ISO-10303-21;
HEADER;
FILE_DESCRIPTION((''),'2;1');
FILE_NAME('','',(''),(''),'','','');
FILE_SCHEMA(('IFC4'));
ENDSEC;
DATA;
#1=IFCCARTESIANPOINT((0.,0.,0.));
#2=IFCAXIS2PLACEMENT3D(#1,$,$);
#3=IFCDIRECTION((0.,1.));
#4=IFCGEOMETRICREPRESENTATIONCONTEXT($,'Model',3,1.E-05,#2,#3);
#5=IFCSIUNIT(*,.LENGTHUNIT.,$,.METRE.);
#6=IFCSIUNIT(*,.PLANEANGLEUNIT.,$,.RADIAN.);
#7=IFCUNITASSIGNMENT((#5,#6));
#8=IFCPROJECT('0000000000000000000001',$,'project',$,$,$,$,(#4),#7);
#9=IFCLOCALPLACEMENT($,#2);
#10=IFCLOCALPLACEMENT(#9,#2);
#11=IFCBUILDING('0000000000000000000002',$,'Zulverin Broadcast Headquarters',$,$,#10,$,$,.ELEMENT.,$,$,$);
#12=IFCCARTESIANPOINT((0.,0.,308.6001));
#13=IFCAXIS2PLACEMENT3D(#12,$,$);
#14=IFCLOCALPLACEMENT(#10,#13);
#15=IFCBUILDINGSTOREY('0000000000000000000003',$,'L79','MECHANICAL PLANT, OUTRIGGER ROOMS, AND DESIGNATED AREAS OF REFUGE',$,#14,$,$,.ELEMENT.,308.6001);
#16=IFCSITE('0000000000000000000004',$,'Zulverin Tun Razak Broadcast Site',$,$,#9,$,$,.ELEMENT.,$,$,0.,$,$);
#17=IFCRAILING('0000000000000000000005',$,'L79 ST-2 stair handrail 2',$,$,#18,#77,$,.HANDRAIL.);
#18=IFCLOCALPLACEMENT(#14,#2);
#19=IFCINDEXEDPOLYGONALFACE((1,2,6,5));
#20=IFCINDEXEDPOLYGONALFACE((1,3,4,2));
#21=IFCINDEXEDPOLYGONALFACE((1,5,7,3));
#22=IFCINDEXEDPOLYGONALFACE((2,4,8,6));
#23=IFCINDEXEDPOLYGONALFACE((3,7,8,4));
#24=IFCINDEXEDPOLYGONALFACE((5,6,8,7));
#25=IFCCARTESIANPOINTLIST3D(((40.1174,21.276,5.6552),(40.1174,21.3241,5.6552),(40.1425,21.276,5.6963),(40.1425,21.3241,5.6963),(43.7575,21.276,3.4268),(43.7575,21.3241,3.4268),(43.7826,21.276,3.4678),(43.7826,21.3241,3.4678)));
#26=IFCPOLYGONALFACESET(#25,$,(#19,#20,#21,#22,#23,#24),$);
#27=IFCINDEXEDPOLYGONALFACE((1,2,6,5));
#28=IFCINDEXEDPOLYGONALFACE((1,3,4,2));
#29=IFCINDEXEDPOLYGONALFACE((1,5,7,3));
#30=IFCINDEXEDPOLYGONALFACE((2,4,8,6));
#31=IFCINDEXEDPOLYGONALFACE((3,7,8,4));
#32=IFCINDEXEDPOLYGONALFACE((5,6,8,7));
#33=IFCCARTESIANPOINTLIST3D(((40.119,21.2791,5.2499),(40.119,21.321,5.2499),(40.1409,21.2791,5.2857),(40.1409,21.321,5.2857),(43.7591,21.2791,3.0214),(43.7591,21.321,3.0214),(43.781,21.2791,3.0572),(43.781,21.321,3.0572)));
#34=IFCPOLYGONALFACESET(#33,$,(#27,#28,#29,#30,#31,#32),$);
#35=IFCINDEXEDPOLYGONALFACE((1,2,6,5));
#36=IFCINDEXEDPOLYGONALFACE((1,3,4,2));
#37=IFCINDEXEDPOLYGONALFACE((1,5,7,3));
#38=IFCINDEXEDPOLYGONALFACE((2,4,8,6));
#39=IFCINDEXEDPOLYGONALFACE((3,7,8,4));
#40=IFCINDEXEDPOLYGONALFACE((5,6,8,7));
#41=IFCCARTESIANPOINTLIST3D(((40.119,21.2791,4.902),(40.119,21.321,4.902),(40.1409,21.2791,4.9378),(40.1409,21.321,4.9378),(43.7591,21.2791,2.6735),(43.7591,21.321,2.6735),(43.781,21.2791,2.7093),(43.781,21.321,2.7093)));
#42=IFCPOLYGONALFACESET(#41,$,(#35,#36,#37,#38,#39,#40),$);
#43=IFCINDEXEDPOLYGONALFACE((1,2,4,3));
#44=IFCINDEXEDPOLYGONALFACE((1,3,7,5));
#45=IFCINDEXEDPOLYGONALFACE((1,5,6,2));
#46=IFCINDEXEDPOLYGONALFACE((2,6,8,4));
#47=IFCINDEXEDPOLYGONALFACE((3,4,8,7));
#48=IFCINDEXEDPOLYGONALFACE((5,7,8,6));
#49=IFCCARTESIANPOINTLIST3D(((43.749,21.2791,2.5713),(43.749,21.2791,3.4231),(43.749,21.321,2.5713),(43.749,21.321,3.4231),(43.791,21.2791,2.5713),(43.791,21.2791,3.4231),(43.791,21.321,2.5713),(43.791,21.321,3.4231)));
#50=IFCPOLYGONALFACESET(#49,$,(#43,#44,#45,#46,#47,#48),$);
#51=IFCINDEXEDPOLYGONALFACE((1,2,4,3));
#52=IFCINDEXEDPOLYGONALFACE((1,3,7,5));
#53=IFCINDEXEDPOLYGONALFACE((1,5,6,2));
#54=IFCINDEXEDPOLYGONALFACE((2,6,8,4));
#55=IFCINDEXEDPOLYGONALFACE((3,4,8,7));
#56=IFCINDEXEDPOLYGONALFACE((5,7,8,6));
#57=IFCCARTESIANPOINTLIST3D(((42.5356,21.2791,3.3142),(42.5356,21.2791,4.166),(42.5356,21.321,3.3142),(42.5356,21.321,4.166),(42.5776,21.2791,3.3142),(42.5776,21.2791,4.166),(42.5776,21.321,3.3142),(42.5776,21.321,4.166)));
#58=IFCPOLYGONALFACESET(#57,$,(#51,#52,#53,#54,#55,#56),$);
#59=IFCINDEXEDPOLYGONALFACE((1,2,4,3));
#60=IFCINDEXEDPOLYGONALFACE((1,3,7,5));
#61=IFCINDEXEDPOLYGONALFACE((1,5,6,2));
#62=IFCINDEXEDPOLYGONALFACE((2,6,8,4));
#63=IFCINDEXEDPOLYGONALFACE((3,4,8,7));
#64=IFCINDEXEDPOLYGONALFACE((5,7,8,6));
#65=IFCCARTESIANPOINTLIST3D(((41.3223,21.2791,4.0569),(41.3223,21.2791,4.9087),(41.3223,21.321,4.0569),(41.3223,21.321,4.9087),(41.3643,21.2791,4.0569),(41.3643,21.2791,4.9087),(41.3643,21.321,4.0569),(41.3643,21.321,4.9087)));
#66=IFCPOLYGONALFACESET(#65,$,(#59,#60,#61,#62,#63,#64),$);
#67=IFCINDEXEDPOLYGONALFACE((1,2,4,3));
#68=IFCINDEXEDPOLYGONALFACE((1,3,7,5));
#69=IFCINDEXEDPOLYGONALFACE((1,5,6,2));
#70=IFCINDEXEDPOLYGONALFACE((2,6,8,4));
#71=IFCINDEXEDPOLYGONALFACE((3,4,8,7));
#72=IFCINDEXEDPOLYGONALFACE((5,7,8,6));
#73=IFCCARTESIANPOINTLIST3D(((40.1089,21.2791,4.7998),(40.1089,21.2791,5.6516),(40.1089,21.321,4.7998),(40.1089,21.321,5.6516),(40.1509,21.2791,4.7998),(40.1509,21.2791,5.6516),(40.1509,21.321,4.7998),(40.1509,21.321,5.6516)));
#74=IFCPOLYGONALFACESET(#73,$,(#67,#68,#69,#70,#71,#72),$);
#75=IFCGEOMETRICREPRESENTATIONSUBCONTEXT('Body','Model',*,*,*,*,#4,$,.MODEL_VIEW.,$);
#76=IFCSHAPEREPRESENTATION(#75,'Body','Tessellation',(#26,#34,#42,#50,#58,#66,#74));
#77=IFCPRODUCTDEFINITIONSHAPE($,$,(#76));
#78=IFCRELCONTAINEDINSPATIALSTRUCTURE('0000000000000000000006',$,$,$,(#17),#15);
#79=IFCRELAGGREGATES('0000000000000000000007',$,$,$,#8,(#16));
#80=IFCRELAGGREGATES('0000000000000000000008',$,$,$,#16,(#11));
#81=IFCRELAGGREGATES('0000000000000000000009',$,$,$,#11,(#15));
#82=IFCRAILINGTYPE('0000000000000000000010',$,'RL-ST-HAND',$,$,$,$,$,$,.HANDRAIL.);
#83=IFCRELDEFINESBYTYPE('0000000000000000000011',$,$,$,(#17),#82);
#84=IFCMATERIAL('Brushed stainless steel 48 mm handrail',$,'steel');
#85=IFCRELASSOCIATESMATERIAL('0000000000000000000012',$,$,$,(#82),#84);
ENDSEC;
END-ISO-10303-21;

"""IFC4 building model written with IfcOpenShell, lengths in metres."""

from ifc_helpers import new_model, si_unit, direction, frame, origin, origin_2d, place, context, subcontext, project, spatial, rectangle, extrude, material, type_object, element, save


model = new_model("IFC4")

# Units and contexts
model_context = context("Model", 3, precision=1e-05, world=origin(), true_north=direction((0.0, 1.0)))
body_context = subcontext(model_context, "Body", "Model", "MODEL_VIEW")
ifc_project = project(units=[si_unit("LENGTHUNIT", "METRE"), si_unit("PLANEANGLEUNIT", "RADIAN")], contexts=[model_context])

# Site, building, storey
site_placement = place(None, origin())
site = spatial("IfcSite", under=ifc_project, at=site_placement, Name="Zulverin Tun Razak Broadcast Site", CompositionType="ELEMENT", RefElevation=0.0)
building_placement = place(site_placement, origin())
building = spatial("IfcBuilding", under=site, at=building_placement, Name="Zulverin Broadcast Headquarters", CompositionType="ELEMENT")
storey_placement = place(building_placement, frame((0.0, 0.0, 308.6001)))
storey = spatial("IfcBuildingStorey", under=building, at=storey_placement, Name="L79", Description="MECHANICAL PLANT, OUTRIGGER ROOMS, AND DESIGNATED AREAS OF REFUGE", CompositionType="ELEMENT", Elevation=308.6001)

# Railing
ifc_material_1 = material(Name="Brushed stainless steel 48 mm handrail", Category="steel")
railing_type_1 = type_object("IfcRailingType", Name="RL-ST-HAND", PredefinedType="HANDRAIL", material=ifc_material_1)
railing_1_placement = place(storey_placement, frame((43.77, 21.3, 2.5713)))
element("IfcRailing", 1, at=railing_1_placement, inside=storey, type_object=railing_type_1, Name="L79 ST-2 stair handrail 2", PredefinedType="HANDRAIL", context=body_context, shape_type="SweptSolid", body=[
    extrude(rectangle(XDim=0.0481, YDim=0.0481, at=origin_2d()), frame((0.0, 0.0, 0.876), z_axis=(-0.852866, 0.0, 0.52213), x_axis=(0.0, -1.0, 0.0)), (0.0, 0.0, 1.0), 4.2681),
    extrude(rectangle(XDim=0.042, YDim=0.042, at=origin_2d()), frame((0.0, 0.0, 0.468), z_axis=(-0.852866, 0.0, 0.52213), x_axis=(0.0, -1.0, 0.0)), (0.0, 0.0, 1.0), 4.2681),
    extrude(rectangle(XDim=0.042, YDim=0.042, at=origin_2d()), frame((0.0, 0.0, 0.1201), z_axis=(-0.852866, 0.0, 0.52213), x_axis=(0.0, -1.0, 0.0)), (0.0, 0.0, 1.0), 4.2681),
    extrude(rectangle(XDim=0.042, YDim=0.042, at=origin_2d()), origin(), (0.0, 0.0, 1.0), 0.8518),
    extrude(rectangle(XDim=0.042, YDim=0.042, at=origin_2d()), frame((-1.2134, 0.0, 0.7429)), (0.0, 0.0, 1.0), 0.8518),
    extrude(rectangle(XDim=0.042, YDim=0.042, at=origin_2d()), frame((-2.4268, 0.0, 1.4856)), (0.0, 0.0, 1.0), 0.8518),
    extrude(rectangle(XDim=0.042, YDim=0.042, at=origin_2d()), frame((-3.6401, 0.0, 2.2285)), (0.0, 0.0, 1.0), 0.8518),
])

save(model, "model.ifc")
